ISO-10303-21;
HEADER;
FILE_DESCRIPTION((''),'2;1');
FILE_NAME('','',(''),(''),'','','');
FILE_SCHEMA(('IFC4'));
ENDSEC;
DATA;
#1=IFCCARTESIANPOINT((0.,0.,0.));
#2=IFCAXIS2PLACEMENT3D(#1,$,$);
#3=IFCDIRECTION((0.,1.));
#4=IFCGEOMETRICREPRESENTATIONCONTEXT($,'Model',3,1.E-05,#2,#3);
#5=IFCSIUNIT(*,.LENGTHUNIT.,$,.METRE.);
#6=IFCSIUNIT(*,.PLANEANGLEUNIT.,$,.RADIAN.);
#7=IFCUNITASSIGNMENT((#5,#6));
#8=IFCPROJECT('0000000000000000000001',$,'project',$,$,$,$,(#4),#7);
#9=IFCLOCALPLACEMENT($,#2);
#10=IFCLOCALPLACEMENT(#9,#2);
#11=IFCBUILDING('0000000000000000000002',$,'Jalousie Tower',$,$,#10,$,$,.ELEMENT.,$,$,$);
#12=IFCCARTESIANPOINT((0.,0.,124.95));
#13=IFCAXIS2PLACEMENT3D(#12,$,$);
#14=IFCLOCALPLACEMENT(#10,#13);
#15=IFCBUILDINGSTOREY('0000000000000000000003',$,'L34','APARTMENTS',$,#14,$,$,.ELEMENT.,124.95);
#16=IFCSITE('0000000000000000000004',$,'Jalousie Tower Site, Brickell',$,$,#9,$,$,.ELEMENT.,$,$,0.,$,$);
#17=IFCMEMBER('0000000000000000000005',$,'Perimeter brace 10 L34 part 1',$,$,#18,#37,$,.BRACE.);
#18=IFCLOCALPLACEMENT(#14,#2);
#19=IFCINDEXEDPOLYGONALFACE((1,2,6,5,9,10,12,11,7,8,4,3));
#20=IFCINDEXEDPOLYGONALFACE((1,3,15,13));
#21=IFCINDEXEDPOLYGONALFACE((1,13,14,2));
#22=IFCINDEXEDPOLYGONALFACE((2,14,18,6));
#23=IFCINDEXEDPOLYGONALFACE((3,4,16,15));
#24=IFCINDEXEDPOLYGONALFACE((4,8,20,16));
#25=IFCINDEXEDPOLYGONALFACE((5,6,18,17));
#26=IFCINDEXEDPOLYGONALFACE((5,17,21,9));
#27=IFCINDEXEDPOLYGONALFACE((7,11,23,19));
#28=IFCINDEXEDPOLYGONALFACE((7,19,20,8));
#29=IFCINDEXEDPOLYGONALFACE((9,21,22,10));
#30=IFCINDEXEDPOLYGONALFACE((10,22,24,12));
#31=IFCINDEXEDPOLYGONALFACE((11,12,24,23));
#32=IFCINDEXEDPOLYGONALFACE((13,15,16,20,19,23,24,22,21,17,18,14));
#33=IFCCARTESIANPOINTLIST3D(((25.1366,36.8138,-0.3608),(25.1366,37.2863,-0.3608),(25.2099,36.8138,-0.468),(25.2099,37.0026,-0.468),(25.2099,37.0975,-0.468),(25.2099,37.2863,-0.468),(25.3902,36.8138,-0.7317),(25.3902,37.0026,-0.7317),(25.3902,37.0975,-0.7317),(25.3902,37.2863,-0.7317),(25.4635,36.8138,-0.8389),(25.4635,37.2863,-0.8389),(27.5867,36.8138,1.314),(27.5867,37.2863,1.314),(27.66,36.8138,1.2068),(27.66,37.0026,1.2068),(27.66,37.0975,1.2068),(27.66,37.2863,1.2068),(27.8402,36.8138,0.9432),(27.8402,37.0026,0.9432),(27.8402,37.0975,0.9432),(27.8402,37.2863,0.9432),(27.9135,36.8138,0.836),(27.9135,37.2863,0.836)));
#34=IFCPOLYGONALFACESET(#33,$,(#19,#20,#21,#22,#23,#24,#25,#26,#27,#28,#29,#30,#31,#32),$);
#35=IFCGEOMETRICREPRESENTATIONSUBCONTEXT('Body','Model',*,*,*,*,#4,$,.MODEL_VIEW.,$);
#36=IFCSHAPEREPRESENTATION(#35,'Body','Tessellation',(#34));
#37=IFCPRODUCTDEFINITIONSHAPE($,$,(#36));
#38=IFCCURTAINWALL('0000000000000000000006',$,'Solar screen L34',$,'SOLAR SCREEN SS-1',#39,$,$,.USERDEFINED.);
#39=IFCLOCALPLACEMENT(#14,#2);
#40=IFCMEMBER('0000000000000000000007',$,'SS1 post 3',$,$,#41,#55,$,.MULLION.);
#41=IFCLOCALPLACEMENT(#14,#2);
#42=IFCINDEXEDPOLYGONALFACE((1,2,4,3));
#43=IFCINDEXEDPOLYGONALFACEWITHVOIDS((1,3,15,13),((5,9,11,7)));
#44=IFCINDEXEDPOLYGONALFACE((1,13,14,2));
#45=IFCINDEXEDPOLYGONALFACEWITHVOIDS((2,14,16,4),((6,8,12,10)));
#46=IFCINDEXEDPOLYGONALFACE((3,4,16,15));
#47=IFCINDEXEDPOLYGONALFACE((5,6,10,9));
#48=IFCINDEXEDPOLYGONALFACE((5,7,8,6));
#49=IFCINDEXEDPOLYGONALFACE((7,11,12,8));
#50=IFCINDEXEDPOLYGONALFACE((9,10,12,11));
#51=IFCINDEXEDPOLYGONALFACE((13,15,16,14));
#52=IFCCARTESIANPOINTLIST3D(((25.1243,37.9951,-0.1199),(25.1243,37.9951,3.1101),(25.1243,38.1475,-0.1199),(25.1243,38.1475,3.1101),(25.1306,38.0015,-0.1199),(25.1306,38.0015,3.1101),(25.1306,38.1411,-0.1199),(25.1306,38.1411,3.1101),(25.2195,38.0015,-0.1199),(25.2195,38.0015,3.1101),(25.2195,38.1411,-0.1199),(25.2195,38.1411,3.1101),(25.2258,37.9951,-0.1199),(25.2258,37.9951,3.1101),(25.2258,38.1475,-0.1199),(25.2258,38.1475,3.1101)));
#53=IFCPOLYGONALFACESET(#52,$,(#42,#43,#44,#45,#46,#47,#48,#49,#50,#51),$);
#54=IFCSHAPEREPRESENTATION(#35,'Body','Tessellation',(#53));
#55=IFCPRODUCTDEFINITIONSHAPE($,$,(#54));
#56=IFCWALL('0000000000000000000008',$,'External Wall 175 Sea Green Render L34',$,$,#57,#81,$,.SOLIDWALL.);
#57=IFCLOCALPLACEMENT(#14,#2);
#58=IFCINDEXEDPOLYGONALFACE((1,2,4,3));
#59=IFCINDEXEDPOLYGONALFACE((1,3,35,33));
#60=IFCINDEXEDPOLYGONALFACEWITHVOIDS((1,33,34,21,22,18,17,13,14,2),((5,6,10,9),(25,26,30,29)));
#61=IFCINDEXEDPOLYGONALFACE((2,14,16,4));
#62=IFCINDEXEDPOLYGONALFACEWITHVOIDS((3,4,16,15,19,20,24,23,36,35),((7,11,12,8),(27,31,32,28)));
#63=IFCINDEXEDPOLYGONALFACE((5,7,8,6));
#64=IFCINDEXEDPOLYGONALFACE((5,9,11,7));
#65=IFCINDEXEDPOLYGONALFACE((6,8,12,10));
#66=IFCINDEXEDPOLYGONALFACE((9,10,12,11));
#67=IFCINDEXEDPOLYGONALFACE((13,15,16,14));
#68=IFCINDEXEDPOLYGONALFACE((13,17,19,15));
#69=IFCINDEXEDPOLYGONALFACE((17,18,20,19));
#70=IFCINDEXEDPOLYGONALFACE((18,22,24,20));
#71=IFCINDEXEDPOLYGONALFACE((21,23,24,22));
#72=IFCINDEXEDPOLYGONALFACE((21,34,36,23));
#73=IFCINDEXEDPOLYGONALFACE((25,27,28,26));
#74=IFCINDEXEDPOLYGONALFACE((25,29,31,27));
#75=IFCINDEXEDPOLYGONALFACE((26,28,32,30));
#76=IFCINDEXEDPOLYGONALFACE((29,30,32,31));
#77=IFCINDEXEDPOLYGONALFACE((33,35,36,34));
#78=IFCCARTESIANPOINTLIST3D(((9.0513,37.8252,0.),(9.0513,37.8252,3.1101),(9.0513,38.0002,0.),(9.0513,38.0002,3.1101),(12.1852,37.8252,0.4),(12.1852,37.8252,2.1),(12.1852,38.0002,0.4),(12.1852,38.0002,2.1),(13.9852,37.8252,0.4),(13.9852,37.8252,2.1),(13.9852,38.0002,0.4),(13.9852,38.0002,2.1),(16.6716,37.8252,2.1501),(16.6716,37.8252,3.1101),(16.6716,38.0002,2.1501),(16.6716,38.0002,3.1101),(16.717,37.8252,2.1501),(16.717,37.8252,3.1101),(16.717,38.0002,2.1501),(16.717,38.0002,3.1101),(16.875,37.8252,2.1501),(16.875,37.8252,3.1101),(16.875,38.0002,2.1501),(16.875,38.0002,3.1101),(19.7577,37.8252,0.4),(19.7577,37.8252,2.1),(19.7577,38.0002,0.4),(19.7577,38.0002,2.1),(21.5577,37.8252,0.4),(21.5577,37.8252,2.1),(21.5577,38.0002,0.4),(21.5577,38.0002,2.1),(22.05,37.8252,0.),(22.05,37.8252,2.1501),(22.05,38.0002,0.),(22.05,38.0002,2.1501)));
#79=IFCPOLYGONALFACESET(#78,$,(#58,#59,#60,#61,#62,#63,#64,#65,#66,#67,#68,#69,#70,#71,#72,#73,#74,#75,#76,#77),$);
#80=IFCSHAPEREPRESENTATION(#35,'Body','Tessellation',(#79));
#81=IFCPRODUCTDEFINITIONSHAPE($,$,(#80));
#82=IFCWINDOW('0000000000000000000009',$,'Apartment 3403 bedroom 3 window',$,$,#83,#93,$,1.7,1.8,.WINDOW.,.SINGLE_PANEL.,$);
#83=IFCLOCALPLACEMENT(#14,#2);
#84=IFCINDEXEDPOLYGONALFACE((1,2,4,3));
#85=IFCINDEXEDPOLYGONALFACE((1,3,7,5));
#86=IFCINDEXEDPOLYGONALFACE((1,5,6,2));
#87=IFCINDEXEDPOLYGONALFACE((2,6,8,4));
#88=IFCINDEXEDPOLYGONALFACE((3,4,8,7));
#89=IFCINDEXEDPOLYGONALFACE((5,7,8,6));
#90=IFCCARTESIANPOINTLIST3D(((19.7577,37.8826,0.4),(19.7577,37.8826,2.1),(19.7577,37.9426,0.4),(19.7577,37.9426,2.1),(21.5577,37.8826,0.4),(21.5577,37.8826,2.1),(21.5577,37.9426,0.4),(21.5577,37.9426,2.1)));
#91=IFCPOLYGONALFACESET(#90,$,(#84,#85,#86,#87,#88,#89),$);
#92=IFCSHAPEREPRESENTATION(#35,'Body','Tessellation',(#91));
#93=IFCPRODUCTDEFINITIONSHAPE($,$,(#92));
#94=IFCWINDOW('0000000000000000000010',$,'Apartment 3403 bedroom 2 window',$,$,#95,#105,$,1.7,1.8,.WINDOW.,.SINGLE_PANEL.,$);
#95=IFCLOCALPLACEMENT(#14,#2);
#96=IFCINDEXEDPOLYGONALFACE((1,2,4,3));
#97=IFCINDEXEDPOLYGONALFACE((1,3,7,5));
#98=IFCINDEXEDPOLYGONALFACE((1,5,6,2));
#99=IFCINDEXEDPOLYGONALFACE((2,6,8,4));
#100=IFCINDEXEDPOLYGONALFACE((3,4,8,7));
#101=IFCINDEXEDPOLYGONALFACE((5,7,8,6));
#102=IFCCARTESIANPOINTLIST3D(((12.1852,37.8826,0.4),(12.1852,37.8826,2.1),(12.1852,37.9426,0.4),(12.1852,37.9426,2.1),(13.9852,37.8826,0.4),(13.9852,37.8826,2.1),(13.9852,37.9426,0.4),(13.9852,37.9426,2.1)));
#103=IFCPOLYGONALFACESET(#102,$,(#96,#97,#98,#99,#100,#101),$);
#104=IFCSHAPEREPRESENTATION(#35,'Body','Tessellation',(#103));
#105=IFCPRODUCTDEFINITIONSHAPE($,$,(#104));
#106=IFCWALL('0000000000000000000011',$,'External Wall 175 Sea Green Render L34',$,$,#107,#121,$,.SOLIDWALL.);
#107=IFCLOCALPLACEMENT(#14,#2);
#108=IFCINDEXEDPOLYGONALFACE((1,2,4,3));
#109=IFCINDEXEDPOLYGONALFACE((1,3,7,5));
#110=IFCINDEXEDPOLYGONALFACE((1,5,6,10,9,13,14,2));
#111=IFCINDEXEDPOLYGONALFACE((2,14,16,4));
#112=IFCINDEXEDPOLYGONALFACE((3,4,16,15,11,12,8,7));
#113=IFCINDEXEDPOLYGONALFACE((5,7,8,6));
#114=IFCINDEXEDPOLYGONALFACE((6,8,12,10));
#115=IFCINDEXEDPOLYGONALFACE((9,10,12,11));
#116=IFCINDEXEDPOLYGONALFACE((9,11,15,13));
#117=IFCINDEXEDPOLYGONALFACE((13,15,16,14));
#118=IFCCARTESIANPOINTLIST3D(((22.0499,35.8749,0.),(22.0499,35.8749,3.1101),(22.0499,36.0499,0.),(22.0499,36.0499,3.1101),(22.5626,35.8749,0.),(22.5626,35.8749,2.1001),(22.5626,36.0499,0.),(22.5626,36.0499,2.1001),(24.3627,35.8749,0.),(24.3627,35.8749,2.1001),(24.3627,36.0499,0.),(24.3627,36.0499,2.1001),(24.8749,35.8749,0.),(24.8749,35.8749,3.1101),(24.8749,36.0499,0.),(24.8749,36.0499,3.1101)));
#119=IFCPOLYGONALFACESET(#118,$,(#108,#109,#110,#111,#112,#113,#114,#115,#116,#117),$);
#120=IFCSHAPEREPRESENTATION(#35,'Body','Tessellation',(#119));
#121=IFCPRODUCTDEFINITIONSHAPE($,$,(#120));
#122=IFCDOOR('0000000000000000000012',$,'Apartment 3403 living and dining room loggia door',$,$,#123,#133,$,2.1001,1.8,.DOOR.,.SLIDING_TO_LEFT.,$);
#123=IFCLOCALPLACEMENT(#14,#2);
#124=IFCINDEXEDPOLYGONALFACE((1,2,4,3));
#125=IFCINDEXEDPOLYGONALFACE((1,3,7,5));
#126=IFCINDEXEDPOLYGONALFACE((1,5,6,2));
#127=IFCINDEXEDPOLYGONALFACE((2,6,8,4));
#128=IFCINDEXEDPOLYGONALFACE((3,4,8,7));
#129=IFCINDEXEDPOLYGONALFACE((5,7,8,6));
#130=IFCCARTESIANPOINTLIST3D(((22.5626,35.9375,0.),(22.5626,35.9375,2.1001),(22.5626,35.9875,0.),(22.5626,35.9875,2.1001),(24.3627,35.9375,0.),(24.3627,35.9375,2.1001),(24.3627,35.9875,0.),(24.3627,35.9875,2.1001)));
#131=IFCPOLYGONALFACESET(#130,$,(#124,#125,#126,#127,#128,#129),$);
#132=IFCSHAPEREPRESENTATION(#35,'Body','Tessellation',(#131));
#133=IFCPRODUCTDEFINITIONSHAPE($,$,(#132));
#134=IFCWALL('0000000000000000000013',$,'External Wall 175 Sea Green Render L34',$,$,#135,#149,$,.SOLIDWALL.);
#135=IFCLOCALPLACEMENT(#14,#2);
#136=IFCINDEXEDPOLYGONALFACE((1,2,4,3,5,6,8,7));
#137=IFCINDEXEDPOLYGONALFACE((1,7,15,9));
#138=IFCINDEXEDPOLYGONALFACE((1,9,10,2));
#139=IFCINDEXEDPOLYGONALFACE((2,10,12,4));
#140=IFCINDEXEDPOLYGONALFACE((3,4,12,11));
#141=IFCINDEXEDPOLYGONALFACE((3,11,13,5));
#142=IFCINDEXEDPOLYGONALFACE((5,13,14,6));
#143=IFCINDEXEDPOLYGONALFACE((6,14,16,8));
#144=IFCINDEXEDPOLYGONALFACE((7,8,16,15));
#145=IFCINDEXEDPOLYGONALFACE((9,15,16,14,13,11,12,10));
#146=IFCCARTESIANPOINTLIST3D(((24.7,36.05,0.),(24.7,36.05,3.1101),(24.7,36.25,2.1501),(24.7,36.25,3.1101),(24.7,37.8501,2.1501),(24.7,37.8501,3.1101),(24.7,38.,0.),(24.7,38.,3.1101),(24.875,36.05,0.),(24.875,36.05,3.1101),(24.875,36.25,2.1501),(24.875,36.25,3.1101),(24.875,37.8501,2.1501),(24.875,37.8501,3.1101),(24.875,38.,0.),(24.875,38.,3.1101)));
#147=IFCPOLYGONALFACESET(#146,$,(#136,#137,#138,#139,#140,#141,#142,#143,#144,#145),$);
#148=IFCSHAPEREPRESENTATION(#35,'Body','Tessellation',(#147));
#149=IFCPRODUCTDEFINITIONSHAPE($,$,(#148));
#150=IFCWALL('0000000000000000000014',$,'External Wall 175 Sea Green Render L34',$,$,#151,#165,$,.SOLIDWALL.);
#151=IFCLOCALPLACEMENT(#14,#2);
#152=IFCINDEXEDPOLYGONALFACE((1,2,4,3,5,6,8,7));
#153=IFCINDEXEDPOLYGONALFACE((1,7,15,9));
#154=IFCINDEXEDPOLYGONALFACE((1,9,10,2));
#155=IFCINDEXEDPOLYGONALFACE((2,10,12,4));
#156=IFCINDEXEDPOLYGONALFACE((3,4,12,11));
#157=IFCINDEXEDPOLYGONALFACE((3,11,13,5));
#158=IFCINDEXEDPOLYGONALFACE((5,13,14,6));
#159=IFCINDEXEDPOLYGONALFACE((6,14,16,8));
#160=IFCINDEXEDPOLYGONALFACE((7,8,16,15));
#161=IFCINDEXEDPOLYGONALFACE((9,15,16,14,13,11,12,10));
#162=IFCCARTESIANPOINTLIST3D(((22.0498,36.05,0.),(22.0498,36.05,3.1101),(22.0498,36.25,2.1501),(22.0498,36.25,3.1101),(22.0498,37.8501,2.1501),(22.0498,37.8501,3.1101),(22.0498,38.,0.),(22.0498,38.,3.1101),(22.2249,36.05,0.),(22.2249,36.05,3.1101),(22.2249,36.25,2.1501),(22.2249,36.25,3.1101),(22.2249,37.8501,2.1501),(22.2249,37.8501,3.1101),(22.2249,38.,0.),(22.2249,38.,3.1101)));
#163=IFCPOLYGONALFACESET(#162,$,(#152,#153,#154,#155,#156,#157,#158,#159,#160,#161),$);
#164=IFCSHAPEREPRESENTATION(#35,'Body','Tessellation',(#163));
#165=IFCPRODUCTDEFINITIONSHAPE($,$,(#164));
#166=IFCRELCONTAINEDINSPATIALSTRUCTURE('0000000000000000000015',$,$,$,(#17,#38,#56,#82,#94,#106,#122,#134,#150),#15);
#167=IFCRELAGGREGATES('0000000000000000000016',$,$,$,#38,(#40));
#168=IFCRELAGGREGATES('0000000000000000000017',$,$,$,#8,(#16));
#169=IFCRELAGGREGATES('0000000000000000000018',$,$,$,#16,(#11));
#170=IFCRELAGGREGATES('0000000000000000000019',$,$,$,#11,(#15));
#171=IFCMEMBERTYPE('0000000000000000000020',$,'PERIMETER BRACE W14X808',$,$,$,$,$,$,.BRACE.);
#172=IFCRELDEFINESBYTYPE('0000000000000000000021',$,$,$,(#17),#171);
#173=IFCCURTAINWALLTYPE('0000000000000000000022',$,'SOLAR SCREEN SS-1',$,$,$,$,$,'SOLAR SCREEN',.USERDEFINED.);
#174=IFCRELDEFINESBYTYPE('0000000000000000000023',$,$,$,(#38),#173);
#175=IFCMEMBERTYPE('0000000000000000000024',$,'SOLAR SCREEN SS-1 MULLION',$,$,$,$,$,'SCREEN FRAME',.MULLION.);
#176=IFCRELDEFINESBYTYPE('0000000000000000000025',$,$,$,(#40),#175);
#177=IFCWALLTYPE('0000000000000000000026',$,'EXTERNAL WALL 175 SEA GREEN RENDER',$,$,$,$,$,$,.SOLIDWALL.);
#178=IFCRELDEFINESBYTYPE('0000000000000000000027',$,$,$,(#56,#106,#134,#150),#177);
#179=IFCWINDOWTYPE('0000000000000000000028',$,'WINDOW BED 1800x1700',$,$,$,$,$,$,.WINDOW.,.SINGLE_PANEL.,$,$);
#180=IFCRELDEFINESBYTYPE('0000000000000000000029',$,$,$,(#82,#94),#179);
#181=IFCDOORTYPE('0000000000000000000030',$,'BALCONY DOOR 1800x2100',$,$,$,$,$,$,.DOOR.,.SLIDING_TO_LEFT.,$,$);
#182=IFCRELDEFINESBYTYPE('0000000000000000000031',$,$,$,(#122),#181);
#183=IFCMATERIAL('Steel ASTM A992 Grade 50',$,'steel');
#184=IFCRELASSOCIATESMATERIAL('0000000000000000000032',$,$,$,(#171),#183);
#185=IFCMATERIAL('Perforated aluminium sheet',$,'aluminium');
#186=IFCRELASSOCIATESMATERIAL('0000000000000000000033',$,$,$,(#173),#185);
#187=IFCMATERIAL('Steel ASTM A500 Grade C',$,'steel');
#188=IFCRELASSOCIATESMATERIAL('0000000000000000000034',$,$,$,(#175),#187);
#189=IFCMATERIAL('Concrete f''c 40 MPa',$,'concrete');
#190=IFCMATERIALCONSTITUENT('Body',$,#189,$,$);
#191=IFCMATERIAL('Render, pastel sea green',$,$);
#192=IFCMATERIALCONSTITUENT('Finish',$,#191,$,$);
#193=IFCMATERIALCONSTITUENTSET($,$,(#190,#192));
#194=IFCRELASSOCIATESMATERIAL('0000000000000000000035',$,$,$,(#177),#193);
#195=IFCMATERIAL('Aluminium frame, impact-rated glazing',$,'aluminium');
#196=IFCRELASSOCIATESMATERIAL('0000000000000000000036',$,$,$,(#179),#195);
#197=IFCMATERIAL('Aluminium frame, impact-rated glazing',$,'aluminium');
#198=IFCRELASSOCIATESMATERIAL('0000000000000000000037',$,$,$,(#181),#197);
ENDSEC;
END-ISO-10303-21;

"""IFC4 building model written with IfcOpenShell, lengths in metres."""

from ifc_helpers import new_model, si_unit, direction, frame, frame_2d, origin, origin_2d, place, context, subcontext, project, spatial, polyline, rectangle, hollow_rectangle, i_section, outline, extrude, material, constituent, constituent_set, material_profile, profile_set, type_object, element, fill, aggregate, save


model = new_model("IFC4")

# Units and contexts
model_context = context("Model", 3, precision=1e-05, world=origin(), true_north=direction((0.0, 1.0)))
body_context = subcontext(model_context, "Body", "Model", "MODEL_VIEW")
ifc_project = project(units=[si_unit("LENGTHUNIT", "METRE"), si_unit("PLANEANGLEUNIT", "RADIAN")], contexts=[model_context])

# Site, building, storey
site_placement = place(None, origin())
site = spatial("IfcSite", under=ifc_project, at=site_placement, Name="Jalousie Tower Site, Brickell", CompositionType="ELEMENT", RefElevation=0.0)
building_placement = place(site_placement, origin())
building = spatial("IfcBuilding", under=site, at=building_placement, Name="Jalousie Tower", CompositionType="ELEMENT")
storey_placement = place(building_placement, frame((0.0, 0.0, 124.95)))
storey = spatial("IfcBuildingStorey", under=building, at=storey_placement, Name="L34", Description="APARTMENTS", CompositionType="ELEMENT", Elevation=124.95)

# Member
ifc_material_1 = material(Name="Steel ASTM A992 Grade 50", Category="steel")
ifc_material_profile_1 = material_profile(ifc_material_1, i_section(OverallWidth=0.4724, OverallDepth=0.5791, WebThickness=0.095, FlangeThickness=0.1299, at=origin_2d()), Name="W14X808")
ifc_profile_set_1 = profile_set([ifc_material_profile_1], Name="Steel ASTM A992 Grade 50")
member_type_1 = type_object("IfcMemberType", Name="PERIMETER BRACE W14X808", PredefinedType="BRACE", material=ifc_profile_set_1)
member_1_placement = place(storey_placement, frame((25.3, 37.05, -0.5999), z_axis=(0.825539, 0.0, 0.564345), x_axis=(0.0, 1.0, 0.0)))
element("IfcMember", 1, at=member_1_placement, inside=storey, type_object=member_type_1, Name="Perimeter brace 10 L34 part 1", PredefinedType="BRACE", context=body_context, shape_type="SweptSolid", body=[
    extrude(i_section(OverallWidth=0.4724, OverallDepth=0.5791, WebThickness=0.095, FlangeThickness=0.1299, at=origin_2d()), origin(), (0.0, 0.0, 1.0), 2.9678),
])

# Curtain wall, member
ifc_material_2 = material(Name="Perforated aluminium sheet", Category="aluminium")
curtain_wall_type = type_object("IfcCurtainWallType", Name="SOLAR SCREEN SS-1", ElementType="SOLAR SCREEN", PredefinedType="USERDEFINED", material=ifc_material_2)
curtain_wall_placement = place(storey_placement, origin())
curtain_wall = element("IfcCurtainWall", 2, at=curtain_wall_placement, inside=storey, type_object=curtain_wall_type, Name="Solar screen L34", ObjectType="SOLAR SCREEN SS-1", PredefinedType="USERDEFINED")
ifc_material_3 = material(Name="Steel ASTM A500 Grade C", Category="steel")
ifc_material_profile_2 = material_profile(ifc_material_3, hollow_rectangle(XDim=0.1016, YDim=0.1523, WallThickness=0.0063, at=origin_2d()), Name="HSS6X4X1/4")
ifc_profile_set_2 = profile_set([ifc_material_profile_2], Name="Steel ASTM A500 Grade C")
member_type_2 = type_object("IfcMemberType", Name="SOLAR SCREEN SS-1 MULLION", ElementType="SCREEN FRAME", PredefinedType="MULLION", material=ifc_profile_set_2)
member_2_placement = place(storey_placement, frame((25.175, 38.0713, -0.1199), z_axis=(0.0, 0.0, 1.0), x_axis=(-1.0, 0.0, 0.0)))
member_2 = element("IfcMember", 3, at=member_2_placement, type_object=member_type_2, Name="SS1 post 3", PredefinedType="MULLION", context=body_context, shape_type="SweptSolid", body=[
    extrude(hollow_rectangle(XDim=0.1016, YDim=0.1523, WallThickness=0.0063, at=origin_2d()), origin(), (0.0, 0.0, 1.0), 3.23),
])
aggregate(curtain_wall, [member_2])

# Wall, openings, windows
ifc_material_4 = material(Name="Concrete f'c 40 MPa", Category="concrete")
ifc_constituent_1 = constituent(ifc_material_4, Name="Body")
ifc_material_5 = material(Name="Render, pastel sea green")
ifc_constituent_2 = constituent(ifc_material_5, Name="Finish")
ifc_constituent_set_1 = constituent_set(constituents=[ifc_constituent_1, ifc_constituent_2])
wall_type_1 = type_object("IfcWallType", Name="EXTERNAL WALL 175 SEA GREEN RENDER", PredefinedType="SOLIDWALL", material=ifc_constituent_set_1)
wall_1_placement = place(storey_placement, frame((22.05, 37.9126, 0.0), z_axis=(0.0, 0.0, 1.0), x_axis=(-1.0, 0.0, 0.0)))
wall_1 = element("IfcWall", 4, at=wall_1_placement, inside=storey, type_object=wall_type_1, Name="External Wall 175 Sea Green Render L34", PredefinedType="SOLIDWALL", context=body_context, shape_type="SweptSolid", body=[
    extrude(outline(polyline([(0.0, 0.0), (12.9988, 0.0), (12.9988, 3.1101), (5.3784, 3.1101), (5.3784, 2.1501), (5.333, 2.1501), (5.333, 3.1101), (5.175, 3.1101), (5.175, 2.1501), (0.0, 2.1501), (0.0, 0.0)])), frame((0.0, 0.0874, 0.0), z_axis=(0.0, -1.0, 0.0), x_axis=(1.0, 0.0, 0.0)), (0.0, 0.0, 1.0), 0.175),
])
opening_1_placement = place(wall_1_placement, frame((0.4924, 0.0, 0.3999)))
opening_1 = element("IfcOpeningElement", 5, at=opening_1_placement, cuts=wall_1, PredefinedType="OPENING", context=body_context, shape_type="SweptSolid", body=[
    extrude(rectangle(XDim=1.8, YDim=1.7, at=frame_2d((0.8999, 0.8501))), frame((0.0, 0.0974, 0.0), z_axis=(0.0, -1.0, 0.0), x_axis=(1.0, 0.0, 0.0)), (0.0, 0.0, 1.0), 0.1951),
])
opening_2_placement = place(wall_1_placement, frame((8.0649, 0.0, 0.3999)))
opening_2 = element("IfcOpeningElement", 6, at=opening_2_placement, cuts=wall_1, PredefinedType="OPENING", context=body_context, shape_type="SweptSolid", body=[
    extrude(rectangle(XDim=1.8, YDim=1.7, at=frame_2d((0.8999, 0.8501))), frame((0.0, 0.0974, 0.0), z_axis=(0.0, -1.0, 0.0), x_axis=(1.0, 0.0, 0.0)), (0.0, 0.0, 1.0), 0.1951),
])
ifc_material_6 = material(Name="Aluminium frame, impact-rated glazing", Category="aluminium")
window_type = type_object("IfcWindowType", Name="WINDOW BED 1800x1700", PartitioningType="SINGLE_PANEL", PredefinedType="WINDOW", material=ifc_material_6)
window_1_placement = place(opening_1_placement, origin())
window_1 = element("IfcWindow", 7, at=window_1_placement, inside=storey, type_object=window_type, Name="Apartment 3403 bedroom 3 window", OverallHeight=1.7, OverallWidth=1.8, PartitioningType="SINGLE_PANEL", PredefinedType="WINDOW", context=body_context, shape_type="SweptSolid", body=[
    extrude(rectangle(XDim=1.8, YDim=1.7, at=frame_2d((0.8999, 0.8501))), frame((0.0, 0.03, 0.0), z_axis=(0.0, -1.0, 0.0), x_axis=(1.0, 0.0, 0.0)), (0.0, 0.0, 1.0), 0.0601),
])
fill(opening_1, window_1)
window_2_placement = place(opening_2_placement, origin())
window_2 = element("IfcWindow", 8, at=window_2_placement, inside=storey, type_object=window_type, Name="Apartment 3403 bedroom 2 window", OverallHeight=1.7, OverallWidth=1.8, PartitioningType="SINGLE_PANEL", PredefinedType="WINDOW", context=body_context, shape_type="SweptSolid", body=[
    extrude(rectangle(XDim=1.8, YDim=1.7, at=frame_2d((0.8999, 0.8501))), frame((0.0, 0.03, 0.0), z_axis=(0.0, -1.0, 0.0), x_axis=(1.0, 0.0, 0.0)), (0.0, 0.0, 1.0), 0.0601),
])
fill(opening_2, window_2)

# Wall, opening, door
wall_2_placement = place(storey_placement, frame((24.875, 35.9624, 0.0), z_axis=(0.0, 0.0, 1.0), x_axis=(-1.0, 0.0, 0.0)))
wall_2 = element("IfcWall", 9, at=wall_2_placement, inside=storey, type_object=wall_type_1, Name="External Wall 175 Sea Green Render L34", PredefinedType="SOLIDWALL", context=body_context, shape_type="SweptSolid", body=[
    extrude(rectangle(XDim=2.825, YDim=0.175, at=frame_2d((1.4126, 0.0))), origin(), (0.0, 0.0, 1.0), 3.1101),
])
opening_3_placement = place(wall_2_placement, frame((0.5125, 0.0, 0.0)))
opening_3 = element("IfcOpeningElement", 10, at=opening_3_placement, cuts=wall_2, PredefinedType="OPENING", context=body_context, shape_type="SweptSolid", body=[
    extrude(rectangle(XDim=1.8, YDim=2.1001, at=frame_2d((0.8999, 1.05))), frame((0.0, 0.0974, 0.0), z_axis=(0.0, -1.0, 0.0), x_axis=(1.0, 0.0, 0.0)), (0.0, 0.0, 1.0), 0.1951),
])
ifc_material_7 = material(Name="Aluminium frame, impact-rated glazing", Category="aluminium")
door_type_1 = type_object("IfcDoorType", Name="BALCONY DOOR 1800x2100", OperationType="SLIDING_TO_LEFT", PredefinedType="DOOR", material=ifc_material_7)
door_1_placement = place(opening_3_placement, origin())
door_1 = element("IfcDoor", 11, at=door_1_placement, inside=storey, type_object=door_type_1, Name="Apartment 3403 living and dining room loggia door", OperationType="SLIDING_TO_LEFT", OverallHeight=2.1001, OverallWidth=1.8, PredefinedType="DOOR", context=body_context, shape_type="SweptSolid", body=[
    extrude(rectangle(XDim=1.8, YDim=2.1001, at=frame_2d((0.8999, 1.05))), frame((0.0, 0.0249, 0.0), z_axis=(0.0, -1.0, 0.0), x_axis=(1.0, 0.0, 0.0)), (0.0, 0.0, 1.0), 0.05),
])
fill(opening_3, door_1)

# Walls
for number, where, z_axis, x_axis, name in (
    (12, (24.7876, 38.0, 0.0), (0.0, 0.0, 1.0), (0.0, -1.0, 0.0), "External Wall 175 Sea Green Render L34"),
    (13, (22.1375, 38.0, 0.0), (0.0, 0.0, 1.0), (0.0, -1.0, 0.0), "External Wall 175 Sea Green Render L34"),
):
    element("IfcWall", number, at=place(storey_placement, frame(where, z_axis=z_axis, x_axis=x_axis)), inside=storey, type_object=wall_type_1, Name=name, PredefinedType="SOLIDWALL", context=body_context, shape_type="SweptSolid", body=[
        extrude(outline(polyline([(0.0, 0.0), (1.95, 0.0), (1.95, 3.1101), (1.75, 3.1101), (1.75, 2.1501), (0.1499, 2.1501), (0.1499, 3.1101), (0.0, 3.1101), (0.0, 0.0)])), frame((0.0, 0.0874, 0.0), z_axis=(0.0, -1.0, 0.0), x_axis=(1.0, 0.0, 0.0)), (0.0, 0.0, 1.0), 0.175),
    ])

save(model, "model.ifc")
